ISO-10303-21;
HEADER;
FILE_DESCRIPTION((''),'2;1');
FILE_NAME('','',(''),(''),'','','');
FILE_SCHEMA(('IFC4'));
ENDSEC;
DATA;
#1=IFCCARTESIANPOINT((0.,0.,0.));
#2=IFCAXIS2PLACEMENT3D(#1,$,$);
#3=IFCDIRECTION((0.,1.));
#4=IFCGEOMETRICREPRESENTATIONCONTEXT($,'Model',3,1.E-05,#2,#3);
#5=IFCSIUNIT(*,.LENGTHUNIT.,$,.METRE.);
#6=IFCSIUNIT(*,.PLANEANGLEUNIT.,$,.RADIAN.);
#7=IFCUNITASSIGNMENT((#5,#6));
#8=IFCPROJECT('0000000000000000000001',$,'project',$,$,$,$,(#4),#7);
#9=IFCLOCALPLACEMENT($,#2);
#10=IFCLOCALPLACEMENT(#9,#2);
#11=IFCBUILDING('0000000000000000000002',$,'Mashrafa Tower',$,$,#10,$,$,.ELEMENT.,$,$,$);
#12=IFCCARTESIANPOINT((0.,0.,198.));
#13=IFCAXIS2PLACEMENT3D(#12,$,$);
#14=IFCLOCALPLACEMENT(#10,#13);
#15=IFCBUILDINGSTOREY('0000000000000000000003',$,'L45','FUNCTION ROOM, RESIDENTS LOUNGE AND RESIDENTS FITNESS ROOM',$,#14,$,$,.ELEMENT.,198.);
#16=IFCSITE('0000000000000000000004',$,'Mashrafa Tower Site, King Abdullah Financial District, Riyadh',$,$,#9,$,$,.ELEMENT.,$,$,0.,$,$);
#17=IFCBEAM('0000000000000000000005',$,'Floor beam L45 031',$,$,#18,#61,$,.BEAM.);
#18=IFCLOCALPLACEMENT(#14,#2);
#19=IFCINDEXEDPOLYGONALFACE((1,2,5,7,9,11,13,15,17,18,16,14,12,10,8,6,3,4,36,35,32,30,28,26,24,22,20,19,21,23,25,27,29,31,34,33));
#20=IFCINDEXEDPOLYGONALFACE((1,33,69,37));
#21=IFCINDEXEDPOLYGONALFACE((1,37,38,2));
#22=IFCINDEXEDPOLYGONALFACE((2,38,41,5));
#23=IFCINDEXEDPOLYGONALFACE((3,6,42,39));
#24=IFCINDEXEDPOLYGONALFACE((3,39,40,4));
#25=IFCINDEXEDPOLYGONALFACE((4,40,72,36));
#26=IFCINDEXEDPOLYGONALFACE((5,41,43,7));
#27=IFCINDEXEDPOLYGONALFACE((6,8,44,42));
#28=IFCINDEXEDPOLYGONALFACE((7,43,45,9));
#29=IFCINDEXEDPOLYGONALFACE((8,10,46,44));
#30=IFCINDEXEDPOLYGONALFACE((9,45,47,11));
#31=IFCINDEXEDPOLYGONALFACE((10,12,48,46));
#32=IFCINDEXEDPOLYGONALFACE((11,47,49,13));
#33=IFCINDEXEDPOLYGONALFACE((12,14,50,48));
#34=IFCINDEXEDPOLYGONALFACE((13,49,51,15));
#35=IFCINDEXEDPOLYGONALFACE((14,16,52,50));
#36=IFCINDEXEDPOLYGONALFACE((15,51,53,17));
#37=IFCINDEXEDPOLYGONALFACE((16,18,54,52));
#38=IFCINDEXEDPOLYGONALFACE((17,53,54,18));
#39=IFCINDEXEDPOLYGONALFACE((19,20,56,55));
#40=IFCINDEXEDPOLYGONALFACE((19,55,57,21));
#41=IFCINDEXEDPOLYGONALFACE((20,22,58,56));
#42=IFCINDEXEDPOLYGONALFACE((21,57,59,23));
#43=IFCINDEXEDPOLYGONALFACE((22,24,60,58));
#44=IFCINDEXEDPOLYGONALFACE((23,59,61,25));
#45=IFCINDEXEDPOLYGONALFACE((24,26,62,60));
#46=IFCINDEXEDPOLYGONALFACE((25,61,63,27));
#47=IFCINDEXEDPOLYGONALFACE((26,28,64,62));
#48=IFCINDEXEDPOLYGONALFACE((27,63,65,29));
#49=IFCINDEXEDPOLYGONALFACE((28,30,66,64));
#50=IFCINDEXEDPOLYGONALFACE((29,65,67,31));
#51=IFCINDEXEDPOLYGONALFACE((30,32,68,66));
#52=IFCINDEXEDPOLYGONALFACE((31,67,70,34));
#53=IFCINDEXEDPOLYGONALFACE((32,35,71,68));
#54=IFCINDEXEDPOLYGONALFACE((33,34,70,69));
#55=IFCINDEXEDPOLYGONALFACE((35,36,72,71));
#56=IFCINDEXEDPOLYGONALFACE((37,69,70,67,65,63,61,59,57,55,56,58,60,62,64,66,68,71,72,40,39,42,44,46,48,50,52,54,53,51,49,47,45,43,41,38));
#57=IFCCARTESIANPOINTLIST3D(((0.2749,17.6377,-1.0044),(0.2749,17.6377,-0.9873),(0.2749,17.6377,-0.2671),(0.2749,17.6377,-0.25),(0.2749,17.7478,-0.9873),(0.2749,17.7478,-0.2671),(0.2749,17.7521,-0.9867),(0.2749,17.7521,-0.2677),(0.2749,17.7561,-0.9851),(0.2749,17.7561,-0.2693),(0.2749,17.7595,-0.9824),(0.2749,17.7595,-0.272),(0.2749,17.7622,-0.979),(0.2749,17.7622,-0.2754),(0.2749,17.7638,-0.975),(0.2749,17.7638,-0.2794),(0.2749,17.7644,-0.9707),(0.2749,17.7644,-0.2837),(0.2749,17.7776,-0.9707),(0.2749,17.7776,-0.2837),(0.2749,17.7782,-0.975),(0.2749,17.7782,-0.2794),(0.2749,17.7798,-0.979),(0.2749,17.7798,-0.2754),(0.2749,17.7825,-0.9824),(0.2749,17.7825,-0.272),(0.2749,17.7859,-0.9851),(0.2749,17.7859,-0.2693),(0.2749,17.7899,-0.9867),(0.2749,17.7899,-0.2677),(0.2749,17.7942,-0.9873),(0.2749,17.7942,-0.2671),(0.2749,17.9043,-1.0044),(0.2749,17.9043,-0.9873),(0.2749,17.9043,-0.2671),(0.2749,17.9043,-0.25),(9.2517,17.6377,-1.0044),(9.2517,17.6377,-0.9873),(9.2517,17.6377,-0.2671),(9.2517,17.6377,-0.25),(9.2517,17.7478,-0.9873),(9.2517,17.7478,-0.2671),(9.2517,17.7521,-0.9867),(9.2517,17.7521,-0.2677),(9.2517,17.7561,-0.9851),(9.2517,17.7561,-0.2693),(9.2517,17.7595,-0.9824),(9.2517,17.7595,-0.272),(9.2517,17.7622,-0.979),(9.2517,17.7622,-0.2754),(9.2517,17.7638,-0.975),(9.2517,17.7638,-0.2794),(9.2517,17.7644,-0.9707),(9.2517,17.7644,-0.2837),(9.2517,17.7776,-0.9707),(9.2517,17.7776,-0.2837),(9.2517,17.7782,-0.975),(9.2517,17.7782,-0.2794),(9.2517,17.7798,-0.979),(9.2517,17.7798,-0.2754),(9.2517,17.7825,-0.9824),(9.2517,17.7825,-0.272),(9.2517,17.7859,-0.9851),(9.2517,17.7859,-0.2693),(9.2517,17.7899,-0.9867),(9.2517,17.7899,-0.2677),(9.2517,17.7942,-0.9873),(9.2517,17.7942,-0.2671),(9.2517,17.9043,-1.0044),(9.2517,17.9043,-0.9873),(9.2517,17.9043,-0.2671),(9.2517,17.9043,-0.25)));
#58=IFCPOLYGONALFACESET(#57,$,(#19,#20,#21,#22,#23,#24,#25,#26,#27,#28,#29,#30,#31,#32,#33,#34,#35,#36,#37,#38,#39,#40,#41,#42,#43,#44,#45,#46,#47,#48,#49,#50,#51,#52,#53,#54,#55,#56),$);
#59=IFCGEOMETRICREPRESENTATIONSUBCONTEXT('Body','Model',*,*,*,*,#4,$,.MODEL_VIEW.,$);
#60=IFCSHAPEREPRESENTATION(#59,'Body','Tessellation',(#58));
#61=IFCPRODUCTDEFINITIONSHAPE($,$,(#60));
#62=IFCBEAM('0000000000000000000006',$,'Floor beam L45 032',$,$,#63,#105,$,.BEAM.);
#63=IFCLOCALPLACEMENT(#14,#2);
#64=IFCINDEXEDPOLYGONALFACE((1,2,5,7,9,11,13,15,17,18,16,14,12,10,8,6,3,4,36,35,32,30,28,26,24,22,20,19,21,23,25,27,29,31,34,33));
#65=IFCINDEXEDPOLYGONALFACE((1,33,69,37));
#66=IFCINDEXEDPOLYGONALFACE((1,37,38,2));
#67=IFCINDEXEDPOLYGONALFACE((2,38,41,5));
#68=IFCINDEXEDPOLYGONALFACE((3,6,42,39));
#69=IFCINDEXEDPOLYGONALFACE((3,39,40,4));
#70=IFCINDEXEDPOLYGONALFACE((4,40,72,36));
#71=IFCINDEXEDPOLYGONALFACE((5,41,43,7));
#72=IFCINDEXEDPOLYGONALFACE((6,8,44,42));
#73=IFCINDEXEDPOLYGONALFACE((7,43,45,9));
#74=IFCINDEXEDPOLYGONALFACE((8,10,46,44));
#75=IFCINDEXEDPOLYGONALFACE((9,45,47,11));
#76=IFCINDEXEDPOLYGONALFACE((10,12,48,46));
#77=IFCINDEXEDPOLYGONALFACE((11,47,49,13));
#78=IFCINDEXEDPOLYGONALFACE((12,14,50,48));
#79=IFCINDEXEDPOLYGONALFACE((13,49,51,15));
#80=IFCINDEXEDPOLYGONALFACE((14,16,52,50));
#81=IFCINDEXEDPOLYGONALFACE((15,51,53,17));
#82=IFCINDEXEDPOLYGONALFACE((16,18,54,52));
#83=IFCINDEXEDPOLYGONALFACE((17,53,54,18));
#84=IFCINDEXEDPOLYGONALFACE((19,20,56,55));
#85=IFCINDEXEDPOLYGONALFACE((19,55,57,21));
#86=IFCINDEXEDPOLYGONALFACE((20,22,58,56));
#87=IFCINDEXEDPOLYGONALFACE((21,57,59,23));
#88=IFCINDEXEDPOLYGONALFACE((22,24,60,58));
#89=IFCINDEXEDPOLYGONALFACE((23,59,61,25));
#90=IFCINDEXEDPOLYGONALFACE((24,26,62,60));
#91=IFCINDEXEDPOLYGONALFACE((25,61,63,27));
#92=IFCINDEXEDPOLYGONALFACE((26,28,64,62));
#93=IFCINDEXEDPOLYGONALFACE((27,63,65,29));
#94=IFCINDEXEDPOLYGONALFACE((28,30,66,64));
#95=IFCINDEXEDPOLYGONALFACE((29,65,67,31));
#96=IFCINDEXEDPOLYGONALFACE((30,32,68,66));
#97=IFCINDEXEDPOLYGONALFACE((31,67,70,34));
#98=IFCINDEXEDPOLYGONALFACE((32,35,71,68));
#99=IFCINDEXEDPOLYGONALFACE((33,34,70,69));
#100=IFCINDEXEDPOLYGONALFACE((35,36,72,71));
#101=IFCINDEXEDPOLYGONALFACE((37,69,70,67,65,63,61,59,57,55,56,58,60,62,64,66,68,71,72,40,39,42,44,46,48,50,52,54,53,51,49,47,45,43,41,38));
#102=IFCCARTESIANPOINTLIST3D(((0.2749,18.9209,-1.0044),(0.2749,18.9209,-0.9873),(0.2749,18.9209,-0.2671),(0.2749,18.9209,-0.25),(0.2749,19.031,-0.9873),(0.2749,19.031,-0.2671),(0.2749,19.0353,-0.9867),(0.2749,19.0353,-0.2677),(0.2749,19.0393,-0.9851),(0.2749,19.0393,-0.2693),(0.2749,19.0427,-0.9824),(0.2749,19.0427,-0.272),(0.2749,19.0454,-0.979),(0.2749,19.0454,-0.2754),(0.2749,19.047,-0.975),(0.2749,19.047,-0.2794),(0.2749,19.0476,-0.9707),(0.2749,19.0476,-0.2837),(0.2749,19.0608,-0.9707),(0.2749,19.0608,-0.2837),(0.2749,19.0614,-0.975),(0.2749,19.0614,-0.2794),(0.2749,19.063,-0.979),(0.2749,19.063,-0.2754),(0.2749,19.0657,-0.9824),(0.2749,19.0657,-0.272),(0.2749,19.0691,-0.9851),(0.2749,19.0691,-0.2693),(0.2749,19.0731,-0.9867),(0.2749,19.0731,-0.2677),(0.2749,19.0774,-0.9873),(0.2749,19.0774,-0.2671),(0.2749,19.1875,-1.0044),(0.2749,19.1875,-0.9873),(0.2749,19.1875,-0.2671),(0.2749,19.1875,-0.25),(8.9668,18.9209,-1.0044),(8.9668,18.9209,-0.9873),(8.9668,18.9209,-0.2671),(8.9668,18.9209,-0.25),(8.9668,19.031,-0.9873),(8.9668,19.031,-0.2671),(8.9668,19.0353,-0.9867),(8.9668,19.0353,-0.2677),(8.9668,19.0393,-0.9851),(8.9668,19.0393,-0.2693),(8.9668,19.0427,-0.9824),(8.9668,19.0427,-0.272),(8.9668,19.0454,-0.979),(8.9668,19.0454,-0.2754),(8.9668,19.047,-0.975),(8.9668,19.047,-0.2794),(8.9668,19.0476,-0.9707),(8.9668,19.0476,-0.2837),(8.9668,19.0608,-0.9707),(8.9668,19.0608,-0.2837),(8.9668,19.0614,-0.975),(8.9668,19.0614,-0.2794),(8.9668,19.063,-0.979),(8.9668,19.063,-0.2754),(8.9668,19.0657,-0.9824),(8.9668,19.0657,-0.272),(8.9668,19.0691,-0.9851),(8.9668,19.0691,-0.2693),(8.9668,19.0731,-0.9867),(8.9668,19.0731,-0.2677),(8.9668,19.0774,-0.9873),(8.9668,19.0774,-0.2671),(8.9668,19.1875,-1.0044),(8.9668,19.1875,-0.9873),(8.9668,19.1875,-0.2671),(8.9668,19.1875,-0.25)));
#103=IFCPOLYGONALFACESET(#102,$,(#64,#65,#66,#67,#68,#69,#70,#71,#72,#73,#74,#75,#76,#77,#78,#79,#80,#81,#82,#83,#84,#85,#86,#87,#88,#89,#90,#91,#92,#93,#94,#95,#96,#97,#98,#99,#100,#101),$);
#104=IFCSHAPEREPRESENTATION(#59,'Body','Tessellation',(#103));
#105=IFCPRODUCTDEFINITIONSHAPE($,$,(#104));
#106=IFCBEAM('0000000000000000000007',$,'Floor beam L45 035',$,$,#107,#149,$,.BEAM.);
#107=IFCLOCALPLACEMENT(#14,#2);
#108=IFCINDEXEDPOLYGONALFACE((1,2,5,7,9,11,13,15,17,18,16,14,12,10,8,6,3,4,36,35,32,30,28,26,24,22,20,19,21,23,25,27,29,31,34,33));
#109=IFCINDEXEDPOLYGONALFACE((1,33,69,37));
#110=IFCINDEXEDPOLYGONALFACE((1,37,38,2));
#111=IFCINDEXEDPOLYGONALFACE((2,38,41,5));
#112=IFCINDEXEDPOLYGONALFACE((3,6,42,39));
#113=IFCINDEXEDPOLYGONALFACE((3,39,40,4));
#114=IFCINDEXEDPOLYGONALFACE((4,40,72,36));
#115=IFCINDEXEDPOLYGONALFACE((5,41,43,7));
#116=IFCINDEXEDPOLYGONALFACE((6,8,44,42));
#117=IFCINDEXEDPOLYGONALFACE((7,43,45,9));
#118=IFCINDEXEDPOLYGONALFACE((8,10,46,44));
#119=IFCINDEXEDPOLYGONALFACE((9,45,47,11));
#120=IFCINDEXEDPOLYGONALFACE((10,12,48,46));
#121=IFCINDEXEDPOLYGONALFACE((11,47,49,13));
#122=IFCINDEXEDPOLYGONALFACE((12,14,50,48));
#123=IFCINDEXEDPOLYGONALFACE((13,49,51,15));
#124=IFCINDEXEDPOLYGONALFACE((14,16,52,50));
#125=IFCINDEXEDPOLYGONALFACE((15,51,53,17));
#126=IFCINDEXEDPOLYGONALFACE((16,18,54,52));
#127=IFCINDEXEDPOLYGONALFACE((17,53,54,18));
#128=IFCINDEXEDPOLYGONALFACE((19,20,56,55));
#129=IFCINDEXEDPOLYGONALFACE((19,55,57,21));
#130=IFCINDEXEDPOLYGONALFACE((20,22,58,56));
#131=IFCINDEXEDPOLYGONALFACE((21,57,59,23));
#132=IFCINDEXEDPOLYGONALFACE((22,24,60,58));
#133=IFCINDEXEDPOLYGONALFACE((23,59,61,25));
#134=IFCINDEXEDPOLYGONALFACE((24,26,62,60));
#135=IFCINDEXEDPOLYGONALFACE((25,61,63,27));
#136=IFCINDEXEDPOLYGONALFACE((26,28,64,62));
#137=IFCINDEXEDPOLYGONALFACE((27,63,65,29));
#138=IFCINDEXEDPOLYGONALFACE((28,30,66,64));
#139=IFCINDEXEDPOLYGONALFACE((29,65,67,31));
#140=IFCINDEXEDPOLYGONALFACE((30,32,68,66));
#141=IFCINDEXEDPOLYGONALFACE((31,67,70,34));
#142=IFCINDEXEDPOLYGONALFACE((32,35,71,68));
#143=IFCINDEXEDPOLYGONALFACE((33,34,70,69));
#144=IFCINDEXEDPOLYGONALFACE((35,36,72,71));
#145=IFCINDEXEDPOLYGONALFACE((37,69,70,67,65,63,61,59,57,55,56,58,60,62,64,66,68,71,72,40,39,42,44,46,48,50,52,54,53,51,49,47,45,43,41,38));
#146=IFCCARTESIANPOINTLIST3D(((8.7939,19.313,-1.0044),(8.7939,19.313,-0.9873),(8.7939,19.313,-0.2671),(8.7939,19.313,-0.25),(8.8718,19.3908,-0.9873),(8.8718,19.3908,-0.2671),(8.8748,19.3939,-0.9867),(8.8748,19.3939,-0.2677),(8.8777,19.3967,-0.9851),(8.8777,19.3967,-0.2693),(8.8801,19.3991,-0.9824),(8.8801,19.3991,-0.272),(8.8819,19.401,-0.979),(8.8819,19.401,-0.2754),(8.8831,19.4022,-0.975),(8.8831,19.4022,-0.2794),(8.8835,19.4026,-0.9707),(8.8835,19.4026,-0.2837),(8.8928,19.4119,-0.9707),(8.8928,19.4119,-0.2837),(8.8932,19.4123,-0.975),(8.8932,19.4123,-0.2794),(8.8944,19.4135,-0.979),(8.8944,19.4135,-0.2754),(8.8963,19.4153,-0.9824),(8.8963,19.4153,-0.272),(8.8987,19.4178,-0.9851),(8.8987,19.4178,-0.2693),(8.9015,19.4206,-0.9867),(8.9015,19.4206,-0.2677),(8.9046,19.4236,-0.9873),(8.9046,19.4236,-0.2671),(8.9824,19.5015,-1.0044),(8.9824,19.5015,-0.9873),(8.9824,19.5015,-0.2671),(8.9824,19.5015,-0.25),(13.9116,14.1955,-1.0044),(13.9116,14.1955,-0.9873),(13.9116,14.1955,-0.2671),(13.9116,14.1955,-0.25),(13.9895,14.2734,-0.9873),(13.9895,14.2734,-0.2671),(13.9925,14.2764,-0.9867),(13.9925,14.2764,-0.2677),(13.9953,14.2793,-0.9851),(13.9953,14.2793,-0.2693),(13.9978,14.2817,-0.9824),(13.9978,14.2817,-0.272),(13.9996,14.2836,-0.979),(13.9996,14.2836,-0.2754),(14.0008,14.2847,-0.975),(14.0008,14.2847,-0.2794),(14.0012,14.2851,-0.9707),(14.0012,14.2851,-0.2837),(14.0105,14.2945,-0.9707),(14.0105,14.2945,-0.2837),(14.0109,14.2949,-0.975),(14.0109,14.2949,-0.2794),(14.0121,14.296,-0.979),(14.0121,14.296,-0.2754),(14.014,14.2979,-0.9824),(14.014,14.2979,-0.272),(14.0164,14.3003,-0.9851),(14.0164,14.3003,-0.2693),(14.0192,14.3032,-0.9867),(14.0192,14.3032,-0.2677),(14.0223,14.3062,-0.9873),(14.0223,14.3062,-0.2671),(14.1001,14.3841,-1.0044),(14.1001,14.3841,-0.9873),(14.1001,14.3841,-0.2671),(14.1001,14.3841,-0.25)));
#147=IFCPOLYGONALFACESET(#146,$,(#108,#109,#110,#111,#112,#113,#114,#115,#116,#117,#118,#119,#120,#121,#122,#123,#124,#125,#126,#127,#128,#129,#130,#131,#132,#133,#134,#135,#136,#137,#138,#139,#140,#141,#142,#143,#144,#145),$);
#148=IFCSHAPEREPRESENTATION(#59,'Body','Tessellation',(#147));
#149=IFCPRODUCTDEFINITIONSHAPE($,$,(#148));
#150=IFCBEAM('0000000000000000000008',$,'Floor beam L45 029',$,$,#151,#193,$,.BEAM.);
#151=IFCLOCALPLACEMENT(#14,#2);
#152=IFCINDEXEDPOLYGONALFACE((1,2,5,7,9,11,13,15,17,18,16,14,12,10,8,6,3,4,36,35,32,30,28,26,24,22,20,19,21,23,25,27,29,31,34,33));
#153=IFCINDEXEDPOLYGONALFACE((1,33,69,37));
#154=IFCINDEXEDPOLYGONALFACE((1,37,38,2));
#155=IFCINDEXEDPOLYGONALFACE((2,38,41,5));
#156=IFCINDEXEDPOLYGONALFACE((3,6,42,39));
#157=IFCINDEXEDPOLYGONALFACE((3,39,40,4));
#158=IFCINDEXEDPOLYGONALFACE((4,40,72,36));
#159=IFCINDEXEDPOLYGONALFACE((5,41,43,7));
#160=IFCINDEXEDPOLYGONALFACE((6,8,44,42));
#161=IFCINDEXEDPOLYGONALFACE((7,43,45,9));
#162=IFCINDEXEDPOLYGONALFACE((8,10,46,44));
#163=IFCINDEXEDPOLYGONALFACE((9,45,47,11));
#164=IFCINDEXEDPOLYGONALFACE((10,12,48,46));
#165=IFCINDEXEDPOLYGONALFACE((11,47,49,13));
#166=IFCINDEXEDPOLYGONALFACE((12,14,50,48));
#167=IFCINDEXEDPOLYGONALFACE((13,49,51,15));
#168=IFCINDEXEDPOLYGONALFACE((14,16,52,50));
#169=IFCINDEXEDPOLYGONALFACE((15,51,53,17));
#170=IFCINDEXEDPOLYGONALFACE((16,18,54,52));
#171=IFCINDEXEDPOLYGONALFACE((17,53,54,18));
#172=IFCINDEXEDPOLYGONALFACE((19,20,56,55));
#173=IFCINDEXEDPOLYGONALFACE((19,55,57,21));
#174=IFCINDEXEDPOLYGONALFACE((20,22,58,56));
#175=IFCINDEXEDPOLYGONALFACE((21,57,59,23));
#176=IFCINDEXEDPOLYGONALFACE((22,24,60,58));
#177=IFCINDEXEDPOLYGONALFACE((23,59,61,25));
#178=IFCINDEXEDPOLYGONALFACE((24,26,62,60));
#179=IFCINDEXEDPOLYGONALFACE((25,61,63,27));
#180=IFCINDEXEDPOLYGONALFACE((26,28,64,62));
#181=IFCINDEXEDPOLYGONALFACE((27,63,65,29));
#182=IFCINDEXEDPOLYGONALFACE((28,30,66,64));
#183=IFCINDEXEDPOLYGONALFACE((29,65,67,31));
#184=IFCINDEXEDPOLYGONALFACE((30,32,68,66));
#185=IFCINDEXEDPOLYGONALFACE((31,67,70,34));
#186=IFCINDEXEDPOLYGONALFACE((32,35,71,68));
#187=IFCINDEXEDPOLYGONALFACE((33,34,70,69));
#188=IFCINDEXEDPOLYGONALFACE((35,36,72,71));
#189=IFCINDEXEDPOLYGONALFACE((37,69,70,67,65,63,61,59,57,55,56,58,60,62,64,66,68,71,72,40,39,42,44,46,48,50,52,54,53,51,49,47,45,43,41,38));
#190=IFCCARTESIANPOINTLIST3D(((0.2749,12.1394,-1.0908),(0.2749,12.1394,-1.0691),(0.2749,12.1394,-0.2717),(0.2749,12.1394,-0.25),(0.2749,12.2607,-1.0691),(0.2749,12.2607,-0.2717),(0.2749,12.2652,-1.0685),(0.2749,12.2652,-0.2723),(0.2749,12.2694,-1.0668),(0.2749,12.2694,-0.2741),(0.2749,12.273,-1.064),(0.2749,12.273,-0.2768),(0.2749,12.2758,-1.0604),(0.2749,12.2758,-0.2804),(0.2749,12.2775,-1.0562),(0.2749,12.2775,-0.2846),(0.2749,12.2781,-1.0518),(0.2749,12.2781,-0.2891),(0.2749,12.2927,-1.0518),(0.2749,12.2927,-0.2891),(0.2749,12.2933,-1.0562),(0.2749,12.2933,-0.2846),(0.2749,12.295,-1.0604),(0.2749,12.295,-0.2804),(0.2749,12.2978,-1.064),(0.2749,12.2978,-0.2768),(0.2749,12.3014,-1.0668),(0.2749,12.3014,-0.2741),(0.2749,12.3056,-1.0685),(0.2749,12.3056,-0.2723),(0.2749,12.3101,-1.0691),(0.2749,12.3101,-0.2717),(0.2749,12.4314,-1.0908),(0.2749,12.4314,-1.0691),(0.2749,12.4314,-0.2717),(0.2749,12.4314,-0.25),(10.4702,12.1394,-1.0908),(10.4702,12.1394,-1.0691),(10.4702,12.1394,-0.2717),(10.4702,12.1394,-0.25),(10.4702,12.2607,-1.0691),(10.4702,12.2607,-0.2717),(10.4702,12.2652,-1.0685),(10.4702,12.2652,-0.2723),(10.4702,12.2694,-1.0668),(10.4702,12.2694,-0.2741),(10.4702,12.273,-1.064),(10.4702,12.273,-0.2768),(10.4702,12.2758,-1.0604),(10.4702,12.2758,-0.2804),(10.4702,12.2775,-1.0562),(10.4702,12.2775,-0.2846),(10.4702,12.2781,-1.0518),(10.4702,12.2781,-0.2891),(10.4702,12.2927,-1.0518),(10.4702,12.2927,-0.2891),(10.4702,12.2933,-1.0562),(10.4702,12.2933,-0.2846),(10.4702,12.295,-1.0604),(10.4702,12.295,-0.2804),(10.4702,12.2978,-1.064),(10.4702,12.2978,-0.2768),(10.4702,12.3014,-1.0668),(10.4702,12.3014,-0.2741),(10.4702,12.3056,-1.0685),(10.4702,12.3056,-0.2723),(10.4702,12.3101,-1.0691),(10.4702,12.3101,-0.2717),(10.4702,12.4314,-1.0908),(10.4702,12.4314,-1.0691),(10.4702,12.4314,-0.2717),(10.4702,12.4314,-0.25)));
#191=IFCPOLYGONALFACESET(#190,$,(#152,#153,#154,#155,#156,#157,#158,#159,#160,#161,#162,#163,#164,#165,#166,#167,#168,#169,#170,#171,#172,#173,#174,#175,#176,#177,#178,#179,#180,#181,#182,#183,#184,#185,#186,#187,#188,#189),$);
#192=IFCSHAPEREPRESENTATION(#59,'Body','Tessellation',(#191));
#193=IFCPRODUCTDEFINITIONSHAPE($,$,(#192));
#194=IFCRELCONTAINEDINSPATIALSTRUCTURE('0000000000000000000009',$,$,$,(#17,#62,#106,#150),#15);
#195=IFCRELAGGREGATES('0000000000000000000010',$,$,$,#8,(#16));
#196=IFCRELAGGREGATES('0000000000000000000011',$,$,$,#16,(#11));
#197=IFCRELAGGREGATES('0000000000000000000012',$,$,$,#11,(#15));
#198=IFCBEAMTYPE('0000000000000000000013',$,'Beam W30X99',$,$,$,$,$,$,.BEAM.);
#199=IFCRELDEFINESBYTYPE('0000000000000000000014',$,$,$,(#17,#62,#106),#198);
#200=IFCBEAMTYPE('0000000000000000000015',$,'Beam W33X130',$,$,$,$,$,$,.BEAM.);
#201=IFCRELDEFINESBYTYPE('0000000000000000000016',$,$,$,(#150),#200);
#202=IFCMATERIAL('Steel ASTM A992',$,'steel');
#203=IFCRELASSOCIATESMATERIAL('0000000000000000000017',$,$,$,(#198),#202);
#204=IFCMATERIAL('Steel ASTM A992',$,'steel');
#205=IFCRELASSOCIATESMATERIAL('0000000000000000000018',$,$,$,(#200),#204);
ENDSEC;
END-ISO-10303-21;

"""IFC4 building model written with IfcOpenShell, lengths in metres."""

from ifc_helpers import new_model, si_unit, direction, frame, origin, origin_2d, place, context, subcontext, project, spatial, i_section, extrude, material, material_profile, profile_set, type_object, element, save


model = new_model("IFC4")

# Units and contexts
model_context = context("Model", 3, precision=1e-05, world=origin(), true_north=direction((0.0, 1.0)))
body_context = subcontext(model_context, "Body", "Model", "MODEL_VIEW")
ifc_project = project(units=[si_unit("LENGTHUNIT", "METRE"), si_unit("PLANEANGLEUNIT", "RADIAN")], contexts=[model_context])

# Site, building, storey
site_placement = place(None, origin())
site = spatial("IfcSite", under=ifc_project, at=site_placement, Name="Mashrafa Tower Site, King Abdullah Financial District, Riyadh", CompositionType="ELEMENT", RefElevation=0.0)
building_placement = place(site_placement, origin())
building = spatial("IfcBuilding", under=site, at=building_placement, Name="Mashrafa Tower", CompositionType="ELEMENT")
storey_placement = place(building_placement, frame((0.0, 0.0, 198.0)))
storey = spatial("IfcBuildingStorey", under=building, at=storey_placement, Name="L45", Description="FUNCTION ROOM, RESIDENTS LOUNGE AND RESIDENTS FITNESS ROOM", CompositionType="ELEMENT", Elevation=198.0)

# Beams
ifc_material_1 = material(Name="Steel ASTM A992", Category="steel")
ifc_material_profile_1 = material_profile(ifc_material_1, i_section(OverallWidth=0.2666, OverallDepth=0.7544, WebThickness=0.0132, FlangeThickness=0.0171, FilletRadius=0.0166, at=origin_2d()), Name="W30X99")
ifc_profile_set_1 = profile_set([ifc_material_profile_1], Name="Steel ASTM A992")
beam_type_1 = type_object("IfcBeamType", Name="Beam W30X99", PredefinedType="BEAM", material=ifc_profile_set_1)
beam_1_placement = place(storey_placement, frame((0.2749, 17.771, -0.6272), z_axis=(1.0, 0.0, 0.0), x_axis=(0.0, 1.0, 0.0)))
element("IfcBeam", 1, at=beam_1_placement, inside=storey, type_object=beam_type_1, Name="Floor beam L45 031", PredefinedType="BEAM", context=body_context, shape_type="SweptSolid", body=[
    extrude(i_section(OverallWidth=0.2666, OverallDepth=0.7544, WebThickness=0.0132, FlangeThickness=0.0171, FilletRadius=0.0166, at=origin_2d()), origin(), (0.0, 0.0, 1.0), 8.9768),
])
beam_2_placement = place(storey_placement, frame((0.2749, 19.0542, -0.6272), z_axis=(1.0, 0.0, 0.0), x_axis=(0.0, 1.0, 0.0)))
element("IfcBeam", 2, at=beam_2_placement, inside=storey, type_object=beam_type_1, Name="Floor beam L45 032", PredefinedType="BEAM", context=body_context, shape_type="SweptSolid", body=[
    extrude(i_section(OverallWidth=0.2666, OverallDepth=0.7544, WebThickness=0.0132, FlangeThickness=0.0171, FilletRadius=0.0166, at=origin_2d()), origin(), (0.0, 0.0, 1.0), 8.6919),
])
beam_3_placement = place(storey_placement, frame((8.8882, 19.4072, -0.6272), z_axis=(0.707124, -0.70709, 0.0), x_axis=(0.70709, 0.707124, 0.0)))
element("IfcBeam", 3, at=beam_3_placement, inside=storey, type_object=beam_type_1, Name="Floor beam L45 035", PredefinedType="BEAM", context=body_context, shape_type="SweptSolid", body=[
    extrude(i_section(OverallWidth=0.2666, OverallDepth=0.7544, WebThickness=0.0132, FlangeThickness=0.0171, FilletRadius=0.0166, at=origin_2d()), origin(), (0.0, 0.0, 1.0), 7.2373),
])
ifc_material_2 = material(Name="Steel ASTM A992", Category="steel")
ifc_material_profile_2 = material_profile(ifc_material_2, i_section(OverallWidth=0.292, OverallDepth=0.8408, WebThickness=0.0146, FlangeThickness=0.0217, FilletRadius=0.0173, at=origin_2d()), Name="W33X130")
ifc_profile_set_2 = profile_set([ifc_material_profile_2], Name="Steel ASTM A992")
beam_type_2 = type_object("IfcBeamType", Name="Beam W33X130", PredefinedType="BEAM", material=ifc_profile_set_2)
beam_4_placement = place(storey_placement, frame((0.2749, 12.2854, -0.6704), z_axis=(1.0, 0.0, 0.0), x_axis=(0.0, 1.0, 0.0)))
element("IfcBeam", 4, at=beam_4_placement, inside=storey, type_object=beam_type_2, Name="Floor beam L45 029", PredefinedType="BEAM", context=body_context, shape_type="SweptSolid", body=[
    extrude(i_section(OverallWidth=0.292, OverallDepth=0.8408, WebThickness=0.0146, FlangeThickness=0.0217, FilletRadius=0.0173, at=origin_2d()), origin(), (0.0, 0.0, 1.0), 10.1953),
])

save(model, "model.ifc")
